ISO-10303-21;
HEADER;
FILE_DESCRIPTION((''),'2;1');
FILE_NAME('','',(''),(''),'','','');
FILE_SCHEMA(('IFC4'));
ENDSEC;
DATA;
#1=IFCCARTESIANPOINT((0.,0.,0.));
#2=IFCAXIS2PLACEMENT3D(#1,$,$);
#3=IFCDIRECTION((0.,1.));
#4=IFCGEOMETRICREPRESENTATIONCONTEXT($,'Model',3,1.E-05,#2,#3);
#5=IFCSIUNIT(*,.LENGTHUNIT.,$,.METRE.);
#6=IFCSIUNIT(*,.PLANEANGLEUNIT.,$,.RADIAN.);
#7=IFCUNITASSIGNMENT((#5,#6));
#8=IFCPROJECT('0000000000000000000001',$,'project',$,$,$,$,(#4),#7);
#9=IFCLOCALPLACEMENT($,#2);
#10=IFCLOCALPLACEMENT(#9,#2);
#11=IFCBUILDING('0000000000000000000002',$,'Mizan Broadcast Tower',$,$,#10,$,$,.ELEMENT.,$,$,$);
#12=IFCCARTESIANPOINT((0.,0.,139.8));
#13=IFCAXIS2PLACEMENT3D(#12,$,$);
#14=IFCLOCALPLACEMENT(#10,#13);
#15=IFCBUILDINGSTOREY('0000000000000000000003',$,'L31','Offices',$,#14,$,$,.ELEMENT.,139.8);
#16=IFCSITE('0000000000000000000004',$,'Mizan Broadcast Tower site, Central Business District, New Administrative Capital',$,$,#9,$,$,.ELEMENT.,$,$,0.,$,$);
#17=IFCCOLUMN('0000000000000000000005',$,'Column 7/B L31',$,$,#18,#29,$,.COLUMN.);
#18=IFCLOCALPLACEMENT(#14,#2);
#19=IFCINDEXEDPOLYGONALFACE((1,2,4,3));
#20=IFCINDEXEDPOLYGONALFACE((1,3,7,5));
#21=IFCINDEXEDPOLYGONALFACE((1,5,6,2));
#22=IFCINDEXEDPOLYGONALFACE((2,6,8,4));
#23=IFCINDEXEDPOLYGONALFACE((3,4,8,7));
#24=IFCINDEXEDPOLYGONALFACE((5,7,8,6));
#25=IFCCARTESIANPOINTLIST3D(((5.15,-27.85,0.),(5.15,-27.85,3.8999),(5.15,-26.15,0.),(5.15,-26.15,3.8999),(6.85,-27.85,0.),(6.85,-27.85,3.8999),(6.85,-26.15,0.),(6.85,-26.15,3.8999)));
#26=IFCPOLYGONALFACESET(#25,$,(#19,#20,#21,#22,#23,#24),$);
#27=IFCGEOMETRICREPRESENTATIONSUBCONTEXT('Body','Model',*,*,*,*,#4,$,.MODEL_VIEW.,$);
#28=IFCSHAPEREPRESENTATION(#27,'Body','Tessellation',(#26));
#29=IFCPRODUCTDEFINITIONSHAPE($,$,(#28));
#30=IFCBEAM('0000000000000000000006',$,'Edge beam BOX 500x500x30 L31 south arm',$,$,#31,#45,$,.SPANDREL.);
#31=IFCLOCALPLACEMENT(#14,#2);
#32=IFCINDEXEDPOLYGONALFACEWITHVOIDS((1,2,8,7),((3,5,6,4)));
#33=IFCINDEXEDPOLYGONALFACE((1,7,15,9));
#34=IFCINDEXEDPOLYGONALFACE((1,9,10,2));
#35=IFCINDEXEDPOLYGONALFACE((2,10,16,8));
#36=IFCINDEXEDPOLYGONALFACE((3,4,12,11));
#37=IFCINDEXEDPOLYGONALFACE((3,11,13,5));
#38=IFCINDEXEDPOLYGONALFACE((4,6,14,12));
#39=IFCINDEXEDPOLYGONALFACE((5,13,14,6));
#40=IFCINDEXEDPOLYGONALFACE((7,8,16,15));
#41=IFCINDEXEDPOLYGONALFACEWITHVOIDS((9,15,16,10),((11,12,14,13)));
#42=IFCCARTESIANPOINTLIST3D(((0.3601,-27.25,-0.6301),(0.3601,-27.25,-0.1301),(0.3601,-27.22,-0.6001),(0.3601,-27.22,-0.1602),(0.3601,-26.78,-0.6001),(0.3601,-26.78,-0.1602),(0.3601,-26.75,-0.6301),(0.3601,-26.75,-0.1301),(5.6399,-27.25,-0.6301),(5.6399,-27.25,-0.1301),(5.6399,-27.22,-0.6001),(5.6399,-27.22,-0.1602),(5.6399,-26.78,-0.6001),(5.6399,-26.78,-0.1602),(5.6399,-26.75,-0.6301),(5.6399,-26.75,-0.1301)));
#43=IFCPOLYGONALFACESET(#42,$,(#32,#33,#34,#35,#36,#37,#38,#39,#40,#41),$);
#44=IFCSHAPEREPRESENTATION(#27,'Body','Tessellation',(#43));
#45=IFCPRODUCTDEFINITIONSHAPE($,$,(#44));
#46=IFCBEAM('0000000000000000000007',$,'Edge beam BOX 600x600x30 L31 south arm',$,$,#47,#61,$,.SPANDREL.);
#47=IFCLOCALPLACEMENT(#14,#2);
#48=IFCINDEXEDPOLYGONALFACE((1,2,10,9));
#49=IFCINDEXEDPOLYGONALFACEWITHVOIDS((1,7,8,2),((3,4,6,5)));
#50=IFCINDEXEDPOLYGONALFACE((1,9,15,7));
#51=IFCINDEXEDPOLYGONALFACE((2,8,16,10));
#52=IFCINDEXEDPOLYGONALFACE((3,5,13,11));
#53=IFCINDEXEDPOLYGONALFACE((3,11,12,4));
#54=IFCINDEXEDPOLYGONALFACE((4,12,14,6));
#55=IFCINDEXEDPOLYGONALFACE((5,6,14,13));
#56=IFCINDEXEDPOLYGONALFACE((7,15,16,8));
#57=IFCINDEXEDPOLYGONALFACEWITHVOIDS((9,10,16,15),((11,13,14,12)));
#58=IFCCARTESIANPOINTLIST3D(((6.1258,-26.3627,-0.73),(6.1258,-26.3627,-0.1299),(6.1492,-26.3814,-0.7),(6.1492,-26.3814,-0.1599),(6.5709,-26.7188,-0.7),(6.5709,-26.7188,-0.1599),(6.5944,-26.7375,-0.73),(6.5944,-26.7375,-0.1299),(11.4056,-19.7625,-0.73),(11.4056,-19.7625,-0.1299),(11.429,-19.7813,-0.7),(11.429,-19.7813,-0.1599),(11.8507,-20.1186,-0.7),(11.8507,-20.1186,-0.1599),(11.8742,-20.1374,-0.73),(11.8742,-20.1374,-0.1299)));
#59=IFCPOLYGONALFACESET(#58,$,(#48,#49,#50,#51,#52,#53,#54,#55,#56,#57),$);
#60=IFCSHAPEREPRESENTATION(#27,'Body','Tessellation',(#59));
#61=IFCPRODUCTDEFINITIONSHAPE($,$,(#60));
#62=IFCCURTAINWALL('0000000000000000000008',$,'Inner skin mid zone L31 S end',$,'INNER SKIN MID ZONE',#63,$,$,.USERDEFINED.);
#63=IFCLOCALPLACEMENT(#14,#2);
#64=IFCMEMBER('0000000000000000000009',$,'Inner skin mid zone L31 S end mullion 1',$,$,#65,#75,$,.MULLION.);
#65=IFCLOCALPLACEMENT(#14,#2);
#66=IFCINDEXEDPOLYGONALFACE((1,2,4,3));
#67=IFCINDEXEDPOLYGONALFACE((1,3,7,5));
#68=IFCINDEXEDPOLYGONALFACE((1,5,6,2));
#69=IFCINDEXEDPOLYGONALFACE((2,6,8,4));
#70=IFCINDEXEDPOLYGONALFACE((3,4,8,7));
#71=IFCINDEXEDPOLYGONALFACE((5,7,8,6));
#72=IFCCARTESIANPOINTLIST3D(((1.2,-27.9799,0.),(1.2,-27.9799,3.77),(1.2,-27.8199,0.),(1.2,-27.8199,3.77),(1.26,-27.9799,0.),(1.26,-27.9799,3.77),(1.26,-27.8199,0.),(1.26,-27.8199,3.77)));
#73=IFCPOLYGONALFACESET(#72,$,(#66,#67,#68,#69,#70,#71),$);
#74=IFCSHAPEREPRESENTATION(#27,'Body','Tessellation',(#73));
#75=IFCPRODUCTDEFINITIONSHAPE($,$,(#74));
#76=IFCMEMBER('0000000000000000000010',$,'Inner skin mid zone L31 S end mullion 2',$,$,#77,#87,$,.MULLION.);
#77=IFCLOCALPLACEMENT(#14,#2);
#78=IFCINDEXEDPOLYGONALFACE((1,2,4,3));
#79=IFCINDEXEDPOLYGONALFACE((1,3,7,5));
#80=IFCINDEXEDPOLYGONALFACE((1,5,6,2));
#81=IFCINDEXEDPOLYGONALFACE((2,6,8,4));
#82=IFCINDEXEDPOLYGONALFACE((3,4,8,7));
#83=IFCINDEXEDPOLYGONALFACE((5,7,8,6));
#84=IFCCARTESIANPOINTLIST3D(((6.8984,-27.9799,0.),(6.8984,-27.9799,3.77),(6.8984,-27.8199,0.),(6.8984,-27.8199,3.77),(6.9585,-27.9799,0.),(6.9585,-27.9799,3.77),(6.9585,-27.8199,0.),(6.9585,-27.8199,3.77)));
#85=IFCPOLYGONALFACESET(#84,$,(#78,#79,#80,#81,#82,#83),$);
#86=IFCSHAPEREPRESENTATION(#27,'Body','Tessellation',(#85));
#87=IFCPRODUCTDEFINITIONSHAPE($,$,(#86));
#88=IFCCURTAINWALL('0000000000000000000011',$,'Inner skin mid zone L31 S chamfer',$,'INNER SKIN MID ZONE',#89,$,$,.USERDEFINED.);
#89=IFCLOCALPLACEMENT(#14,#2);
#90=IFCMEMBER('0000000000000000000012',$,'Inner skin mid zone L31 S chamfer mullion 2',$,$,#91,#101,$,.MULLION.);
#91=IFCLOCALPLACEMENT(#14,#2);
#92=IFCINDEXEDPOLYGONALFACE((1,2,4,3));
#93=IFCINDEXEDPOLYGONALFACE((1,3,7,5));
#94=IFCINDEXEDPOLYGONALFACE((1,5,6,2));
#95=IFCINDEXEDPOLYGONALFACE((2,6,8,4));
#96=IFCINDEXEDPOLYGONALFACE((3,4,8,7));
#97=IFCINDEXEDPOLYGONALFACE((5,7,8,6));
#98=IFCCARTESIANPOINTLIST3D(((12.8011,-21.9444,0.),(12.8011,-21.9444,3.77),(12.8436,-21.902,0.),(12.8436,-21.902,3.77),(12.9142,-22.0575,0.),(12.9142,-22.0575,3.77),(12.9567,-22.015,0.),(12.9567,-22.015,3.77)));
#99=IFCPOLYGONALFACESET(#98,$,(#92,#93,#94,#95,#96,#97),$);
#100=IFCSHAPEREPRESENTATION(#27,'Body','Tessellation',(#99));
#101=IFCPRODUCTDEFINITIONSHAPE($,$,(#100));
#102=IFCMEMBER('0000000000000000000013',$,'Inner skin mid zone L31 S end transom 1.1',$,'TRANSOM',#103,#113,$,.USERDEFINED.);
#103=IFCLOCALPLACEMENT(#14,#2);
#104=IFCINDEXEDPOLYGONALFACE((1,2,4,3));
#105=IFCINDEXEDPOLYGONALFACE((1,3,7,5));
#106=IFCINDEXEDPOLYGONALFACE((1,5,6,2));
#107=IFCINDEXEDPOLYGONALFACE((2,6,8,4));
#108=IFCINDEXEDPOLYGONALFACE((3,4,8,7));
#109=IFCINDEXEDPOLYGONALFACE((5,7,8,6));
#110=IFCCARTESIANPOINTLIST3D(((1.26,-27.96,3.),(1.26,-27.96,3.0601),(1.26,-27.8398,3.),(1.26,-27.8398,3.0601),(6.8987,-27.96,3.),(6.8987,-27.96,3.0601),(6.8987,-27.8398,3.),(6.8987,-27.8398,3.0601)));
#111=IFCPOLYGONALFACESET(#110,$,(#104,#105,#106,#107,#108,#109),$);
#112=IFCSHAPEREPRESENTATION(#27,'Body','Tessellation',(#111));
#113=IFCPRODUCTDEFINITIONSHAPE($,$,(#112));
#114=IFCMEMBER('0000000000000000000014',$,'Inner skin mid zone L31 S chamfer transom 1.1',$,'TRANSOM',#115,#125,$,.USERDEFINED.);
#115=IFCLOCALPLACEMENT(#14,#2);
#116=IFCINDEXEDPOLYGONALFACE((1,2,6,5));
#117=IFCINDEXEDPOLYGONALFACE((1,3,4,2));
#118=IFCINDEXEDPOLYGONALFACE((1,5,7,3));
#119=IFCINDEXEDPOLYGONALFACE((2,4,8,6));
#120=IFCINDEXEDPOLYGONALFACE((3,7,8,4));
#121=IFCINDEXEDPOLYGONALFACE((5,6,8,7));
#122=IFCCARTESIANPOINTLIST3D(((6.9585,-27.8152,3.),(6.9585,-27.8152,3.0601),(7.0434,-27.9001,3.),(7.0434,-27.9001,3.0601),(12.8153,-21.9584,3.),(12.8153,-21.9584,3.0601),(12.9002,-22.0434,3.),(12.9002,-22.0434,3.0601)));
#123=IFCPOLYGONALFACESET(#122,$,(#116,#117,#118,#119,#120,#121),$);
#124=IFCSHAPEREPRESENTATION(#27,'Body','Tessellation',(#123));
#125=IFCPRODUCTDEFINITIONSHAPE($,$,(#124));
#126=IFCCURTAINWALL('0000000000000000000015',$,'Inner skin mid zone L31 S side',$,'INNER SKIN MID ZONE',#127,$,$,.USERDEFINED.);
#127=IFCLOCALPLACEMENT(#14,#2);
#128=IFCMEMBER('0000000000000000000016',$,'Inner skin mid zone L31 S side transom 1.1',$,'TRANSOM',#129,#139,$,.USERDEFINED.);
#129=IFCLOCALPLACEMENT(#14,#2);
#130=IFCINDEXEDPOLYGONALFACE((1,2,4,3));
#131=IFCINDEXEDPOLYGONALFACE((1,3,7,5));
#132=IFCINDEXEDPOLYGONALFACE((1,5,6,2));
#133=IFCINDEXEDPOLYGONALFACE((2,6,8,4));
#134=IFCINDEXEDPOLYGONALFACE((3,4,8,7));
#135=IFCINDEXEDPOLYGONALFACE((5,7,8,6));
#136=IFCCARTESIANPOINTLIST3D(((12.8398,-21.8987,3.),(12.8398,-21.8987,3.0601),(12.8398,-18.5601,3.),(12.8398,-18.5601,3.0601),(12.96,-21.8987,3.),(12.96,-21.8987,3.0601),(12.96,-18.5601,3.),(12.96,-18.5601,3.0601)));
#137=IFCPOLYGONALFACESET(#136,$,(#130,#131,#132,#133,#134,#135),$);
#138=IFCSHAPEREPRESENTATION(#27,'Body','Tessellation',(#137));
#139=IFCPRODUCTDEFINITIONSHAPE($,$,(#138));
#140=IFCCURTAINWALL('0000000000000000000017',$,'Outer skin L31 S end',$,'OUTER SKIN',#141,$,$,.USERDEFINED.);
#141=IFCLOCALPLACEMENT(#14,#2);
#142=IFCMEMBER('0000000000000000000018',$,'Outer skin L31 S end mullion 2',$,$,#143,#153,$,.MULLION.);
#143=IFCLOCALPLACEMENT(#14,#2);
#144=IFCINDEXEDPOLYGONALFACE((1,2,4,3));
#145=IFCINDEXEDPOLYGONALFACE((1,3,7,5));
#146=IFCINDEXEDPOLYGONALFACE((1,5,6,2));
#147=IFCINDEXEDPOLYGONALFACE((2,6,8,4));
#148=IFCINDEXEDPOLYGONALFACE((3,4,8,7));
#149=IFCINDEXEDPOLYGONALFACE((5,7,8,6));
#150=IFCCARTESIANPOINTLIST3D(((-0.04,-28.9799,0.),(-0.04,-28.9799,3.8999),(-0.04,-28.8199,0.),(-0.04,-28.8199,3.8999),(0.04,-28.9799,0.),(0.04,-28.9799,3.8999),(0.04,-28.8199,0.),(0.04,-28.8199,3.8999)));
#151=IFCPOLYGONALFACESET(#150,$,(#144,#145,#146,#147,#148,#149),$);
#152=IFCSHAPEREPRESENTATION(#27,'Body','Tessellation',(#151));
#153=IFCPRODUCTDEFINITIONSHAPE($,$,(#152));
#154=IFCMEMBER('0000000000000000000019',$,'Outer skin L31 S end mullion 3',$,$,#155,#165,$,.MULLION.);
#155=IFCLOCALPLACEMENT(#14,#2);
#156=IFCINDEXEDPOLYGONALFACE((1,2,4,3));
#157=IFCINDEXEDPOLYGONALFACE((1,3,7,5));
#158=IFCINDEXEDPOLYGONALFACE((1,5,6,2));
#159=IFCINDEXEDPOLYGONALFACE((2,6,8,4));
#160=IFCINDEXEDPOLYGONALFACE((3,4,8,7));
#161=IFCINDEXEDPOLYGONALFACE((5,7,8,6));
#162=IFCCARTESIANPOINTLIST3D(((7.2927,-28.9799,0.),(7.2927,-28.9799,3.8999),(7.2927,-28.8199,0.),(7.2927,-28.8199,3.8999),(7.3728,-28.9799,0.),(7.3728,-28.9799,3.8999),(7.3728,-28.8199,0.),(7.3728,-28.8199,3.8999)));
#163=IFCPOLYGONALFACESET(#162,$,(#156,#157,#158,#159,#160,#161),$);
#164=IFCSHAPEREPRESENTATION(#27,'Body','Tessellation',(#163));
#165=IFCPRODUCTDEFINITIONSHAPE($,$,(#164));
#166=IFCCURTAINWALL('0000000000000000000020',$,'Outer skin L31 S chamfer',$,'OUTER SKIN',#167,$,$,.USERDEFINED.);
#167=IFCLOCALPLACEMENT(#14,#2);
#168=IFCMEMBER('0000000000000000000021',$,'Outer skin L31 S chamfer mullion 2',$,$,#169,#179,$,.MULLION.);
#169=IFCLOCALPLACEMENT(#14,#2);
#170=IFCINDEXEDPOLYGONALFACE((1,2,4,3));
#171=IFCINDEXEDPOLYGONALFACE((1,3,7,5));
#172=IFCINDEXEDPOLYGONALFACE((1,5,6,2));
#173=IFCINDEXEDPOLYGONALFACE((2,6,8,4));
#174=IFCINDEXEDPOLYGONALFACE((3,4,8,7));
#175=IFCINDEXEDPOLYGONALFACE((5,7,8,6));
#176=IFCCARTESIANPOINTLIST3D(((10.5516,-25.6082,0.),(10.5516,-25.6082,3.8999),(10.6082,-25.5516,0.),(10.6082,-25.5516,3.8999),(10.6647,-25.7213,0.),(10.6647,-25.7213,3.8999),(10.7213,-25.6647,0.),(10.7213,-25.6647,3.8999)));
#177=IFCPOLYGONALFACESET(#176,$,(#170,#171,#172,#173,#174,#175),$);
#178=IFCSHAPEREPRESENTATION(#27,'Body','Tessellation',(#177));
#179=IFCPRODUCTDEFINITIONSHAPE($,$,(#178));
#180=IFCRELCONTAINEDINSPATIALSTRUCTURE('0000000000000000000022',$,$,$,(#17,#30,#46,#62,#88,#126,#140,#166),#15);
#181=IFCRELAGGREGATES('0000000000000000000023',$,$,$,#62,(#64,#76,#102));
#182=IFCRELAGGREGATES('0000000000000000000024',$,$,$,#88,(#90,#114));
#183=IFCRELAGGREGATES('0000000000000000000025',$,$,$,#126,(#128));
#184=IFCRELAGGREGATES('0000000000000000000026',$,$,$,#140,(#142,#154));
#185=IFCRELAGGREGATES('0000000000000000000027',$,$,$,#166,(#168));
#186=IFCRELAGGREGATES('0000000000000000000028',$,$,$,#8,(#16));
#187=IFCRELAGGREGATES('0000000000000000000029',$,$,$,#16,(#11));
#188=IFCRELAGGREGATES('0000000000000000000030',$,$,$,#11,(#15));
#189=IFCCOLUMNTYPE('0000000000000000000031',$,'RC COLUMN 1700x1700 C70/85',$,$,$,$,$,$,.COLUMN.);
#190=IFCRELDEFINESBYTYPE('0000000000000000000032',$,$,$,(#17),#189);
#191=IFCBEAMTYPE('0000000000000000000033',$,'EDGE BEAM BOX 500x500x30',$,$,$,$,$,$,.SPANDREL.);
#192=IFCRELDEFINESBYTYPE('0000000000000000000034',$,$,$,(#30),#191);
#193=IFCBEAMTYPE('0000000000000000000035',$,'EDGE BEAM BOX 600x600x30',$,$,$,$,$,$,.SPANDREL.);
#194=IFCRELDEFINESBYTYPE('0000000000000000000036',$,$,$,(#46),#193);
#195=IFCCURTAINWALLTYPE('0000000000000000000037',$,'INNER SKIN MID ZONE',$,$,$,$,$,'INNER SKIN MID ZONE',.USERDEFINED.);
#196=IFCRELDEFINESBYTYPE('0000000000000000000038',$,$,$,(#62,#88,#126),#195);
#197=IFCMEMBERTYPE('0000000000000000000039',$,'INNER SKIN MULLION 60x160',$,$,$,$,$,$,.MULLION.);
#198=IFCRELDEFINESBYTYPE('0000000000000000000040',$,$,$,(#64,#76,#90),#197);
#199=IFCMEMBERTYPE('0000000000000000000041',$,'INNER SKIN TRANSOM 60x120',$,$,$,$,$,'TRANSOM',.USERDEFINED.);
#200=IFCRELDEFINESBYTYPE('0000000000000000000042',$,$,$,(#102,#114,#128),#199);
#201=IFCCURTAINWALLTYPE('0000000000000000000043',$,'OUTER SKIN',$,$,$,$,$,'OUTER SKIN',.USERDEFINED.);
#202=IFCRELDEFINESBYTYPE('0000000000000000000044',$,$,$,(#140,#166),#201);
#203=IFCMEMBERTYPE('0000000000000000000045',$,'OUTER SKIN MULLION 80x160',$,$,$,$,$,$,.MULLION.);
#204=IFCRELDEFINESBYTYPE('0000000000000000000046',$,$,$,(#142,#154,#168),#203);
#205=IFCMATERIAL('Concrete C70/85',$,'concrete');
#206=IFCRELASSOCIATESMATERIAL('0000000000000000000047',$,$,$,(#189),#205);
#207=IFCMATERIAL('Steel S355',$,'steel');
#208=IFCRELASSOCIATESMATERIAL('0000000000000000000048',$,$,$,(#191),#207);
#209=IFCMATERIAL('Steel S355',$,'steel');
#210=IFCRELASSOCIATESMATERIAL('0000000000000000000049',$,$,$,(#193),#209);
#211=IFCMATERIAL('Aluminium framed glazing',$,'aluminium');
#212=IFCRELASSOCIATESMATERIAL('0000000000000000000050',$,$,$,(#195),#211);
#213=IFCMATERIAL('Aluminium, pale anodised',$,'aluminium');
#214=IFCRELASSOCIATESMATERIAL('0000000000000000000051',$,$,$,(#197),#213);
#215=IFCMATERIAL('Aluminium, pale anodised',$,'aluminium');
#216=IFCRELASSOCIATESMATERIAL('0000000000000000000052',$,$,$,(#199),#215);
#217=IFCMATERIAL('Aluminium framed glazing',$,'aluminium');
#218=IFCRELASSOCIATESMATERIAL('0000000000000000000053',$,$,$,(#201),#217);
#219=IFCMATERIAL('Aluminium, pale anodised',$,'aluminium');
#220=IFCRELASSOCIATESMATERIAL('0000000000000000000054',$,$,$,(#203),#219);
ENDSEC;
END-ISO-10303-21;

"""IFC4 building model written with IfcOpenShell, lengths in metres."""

from ifc_helpers import new_model, si_unit, direction, frame, origin, origin_2d, place, context, subcontext, project, spatial, rectangle, hollow_rectangle, extrude, material, material_profile, profile_set, type_object, element, aggregate, save


model = new_model("IFC4")

# Units and contexts
model_context = context("Model", 3, precision=1e-05, world=origin(), true_north=direction((0.0, 1.0)))
body_context = subcontext(model_context, "Body", "Model", "MODEL_VIEW")
ifc_project = project(units=[si_unit("LENGTHUNIT", "METRE"), si_unit("PLANEANGLEUNIT", "RADIAN")], contexts=[model_context])

# Site, building, storey
site_placement = place(None, origin())
site = spatial("IfcSite", under=ifc_project, at=site_placement, Name="Mizan Broadcast Tower site, Central Business District, New Administrative Capital", CompositionType="ELEMENT", RefElevation=0.0)
building_placement = place(site_placement, origin())
building = spatial("IfcBuilding", under=site, at=building_placement, Name="Mizan Broadcast Tower", CompositionType="ELEMENT")
storey_placement = place(building_placement, frame((0.0, 0.0, 139.8)))
storey = spatial("IfcBuildingStorey", under=building, at=storey_placement, Name="L31", Description="Offices", CompositionType="ELEMENT", Elevation=139.8)

# Column
ifc_material_1 = material(Name="Concrete C70/85", Category="concrete")
ifc_material_profile_1 = material_profile(ifc_material_1, rectangle(XDim=1.7, YDim=1.7, at=origin_2d()), Name="RC 1700x1700")
ifc_profile_set_1 = profile_set([ifc_material_profile_1], Name="Concrete C70/85")
column_type = type_object("IfcColumnType", Name="RC COLUMN 1700x1700 C70/85", PredefinedType="COLUMN", material=ifc_profile_set_1)
column_placement = place(storey_placement, frame((6.0, -27.0, 0.0), z_axis=(0.0, 0.0, 1.0), x_axis=(1.0, 0.0, 0.0)))
element("IfcColumn", 1, at=column_placement, inside=storey, type_object=column_type, Name="Column 7/B L31", PredefinedType="COLUMN", context=body_context, shape_type="SweptSolid", body=[
    extrude(rectangle(XDim=1.7, YDim=1.7, at=origin_2d()), origin(), (0.0, 0.0, 1.0), 3.8999),
])

# Beams
ifc_material_2 = material(Name="Steel S355", Category="steel")
ifc_material_profile_2 = material_profile(ifc_material_2, hollow_rectangle(XDim=0.5, YDim=0.5, WallThickness=0.03, at=origin_2d()), Name="BOX 500x500x30")
ifc_profile_set_2 = profile_set([ifc_material_profile_2], Name="Steel S355")
beam_type_1 = type_object("IfcBeamType", Name="EDGE BEAM BOX 500x500x30", PredefinedType="SPANDREL", material=ifc_profile_set_2)
beam_1_placement = place(storey_placement, frame((5.6399, -27.0, -0.3801), z_axis=(-1.0, 0.0, 0.0), x_axis=(0.0, -1.0, 0.0)))
element("IfcBeam", 2, at=beam_1_placement, inside=storey, type_object=beam_type_1, Name="Edge beam BOX 500x500x30 L31 south arm", PredefinedType="SPANDREL", context=body_context, shape_type="SweptSolid", body=[
    extrude(hollow_rectangle(XDim=0.5, YDim=0.5, WallThickness=0.03, at=origin_2d()), origin(), (0.0, 0.0, 1.0), 5.2798),
])
ifc_material_3 = material(Name="Steel S355", Category="steel")
ifc_material_profile_3 = material_profile(ifc_material_3, hollow_rectangle(XDim=0.6001, YDim=0.6001, WallThickness=0.03, at=origin_2d()), Name="BOX 600x600x30")
ifc_profile_set_3 = profile_set([ifc_material_profile_3], Name="Steel S355")
beam_type_2 = type_object("IfcBeamType", Name="EDGE BEAM BOX 600x600x30", PredefinedType="SPANDREL", material=ifc_profile_set_3)
beam_2_placement = place(storey_placement, frame((11.6399, -19.95, -0.4299), z_axis=(-0.624674, -0.780886, 0.0), x_axis=(0.780886, -0.624674, 0.0)))
element("IfcBeam", 3, at=beam_2_placement, inside=storey, type_object=beam_type_2, Name="Edge beam BOX 600x600x30 L31 south arm", PredefinedType="SPANDREL", context=body_context, shape_type="SweptSolid", body=[
    extrude(hollow_rectangle(XDim=0.6001, YDim=0.6001, WallThickness=0.03, at=origin_2d()), origin(), (0.0, 0.0, 1.0), 8.4521),
])

# Curtain wall, members
ifc_material_4 = material(Name="Aluminium framed glazing", Category="aluminium")
curtain_wall_type_1 = type_object("IfcCurtainWallType", Name="INNER SKIN MID ZONE", ElementType="INNER SKIN MID ZONE", PredefinedType="USERDEFINED", material=ifc_material_4)
curtain_wall_1_placement = place(storey_placement, origin())
curtain_wall_1 = element("IfcCurtainWall", 4, at=curtain_wall_1_placement, inside=storey, type_object=curtain_wall_type_1, Name="Inner skin mid zone L31 S end", ObjectType="INNER SKIN MID ZONE", PredefinedType="USERDEFINED")
ifc_material_5 = material(Name="Aluminium, pale anodised", Category="aluminium")
ifc_material_profile_4 = material_profile(ifc_material_5, rectangle(XDim=0.1599, YDim=0.0601, at=origin_2d()), Name="MULLION 160x60")
ifc_profile_set_4 = profile_set([ifc_material_profile_4], Name="Aluminium, pale anodised")
member_type_1 = type_object("IfcMemberType", Name="INNER SKIN MULLION 60x160", PredefinedType="MULLION", material=ifc_profile_set_4)
member_1_placement = place(storey_placement, frame((1.23, -27.8999, 0.0), z_axis=(0.0, 0.0, 1.0), x_axis=(0.0, 1.0, 0.0)))
member_1 = element("IfcMember", 5, at=member_1_placement, type_object=member_type_1, Name="Inner skin mid zone L31 S end mullion 1", PredefinedType="MULLION", context=body_context, shape_type="SweptSolid", body=[
    extrude(rectangle(XDim=0.1599, YDim=0.0601, at=origin_2d()), origin(), (0.0, 0.0, 1.0), 3.77),
])
member_2_placement = place(storey_placement, frame((6.9285, -27.8999, 0.0), z_axis=(0.0, 0.0, 1.0), x_axis=(0.0, 1.0, 0.0)))
member_2 = element("IfcMember", 6, at=member_2_placement, type_object=member_type_1, Name="Inner skin mid zone L31 S end mullion 2", PredefinedType="MULLION", context=body_context, shape_type="SweptSolid", body=[
    extrude(rectangle(XDim=0.1599, YDim=0.0601, at=origin_2d()), origin(), (0.0, 0.0, 1.0), 3.77),
])

# Curtain wall, member
curtain_wall_2_placement = place(storey_placement, origin())
curtain_wall_2 = element("IfcCurtainWall", 7, at=curtain_wall_2_placement, inside=storey, type_object=curtain_wall_type_1, Name="Inner skin mid zone L31 S chamfer", ObjectType="INNER SKIN MID ZONE", PredefinedType="USERDEFINED")
member_3_placement = place(storey_placement, frame((12.8789, -21.9797, 0.0), z_axis=(0.0, 0.0, 1.0), x_axis=(-0.707107, 0.707107, 0.0)))
member_3 = element("IfcMember", 8, at=member_3_placement, type_object=member_type_1, Name="Inner skin mid zone L31 S chamfer mullion 2", PredefinedType="MULLION", context=body_context, shape_type="SweptSolid", body=[
    extrude(rectangle(XDim=0.1599, YDim=0.0601, at=origin_2d()), origin(), (0.0, 0.0, 1.0), 3.77),
])

# Members
ifc_material_6 = material(Name="Aluminium, pale anodised", Category="aluminium")
ifc_material_profile_5 = material_profile(ifc_material_6, rectangle(XDim=0.1201, YDim=0.0601, at=origin_2d()), Name="TRANSOM 120x60")
ifc_profile_set_5 = profile_set([ifc_material_profile_5], Name="Aluminium, pale anodised")
member_type_2 = type_object("IfcMemberType", Name="INNER SKIN TRANSOM 60x120", ElementType="TRANSOM", PredefinedType="USERDEFINED", material=ifc_profile_set_5)
member_4_placement = place(storey_placement, frame((1.26, -27.8999, 3.03), z_axis=(1.0, 0.0, 0.0), x_axis=(0.0, 1.0, 0.0)))
member_4 = element("IfcMember", 9, at=member_4_placement, type_object=member_type_2, Name="Inner skin mid zone L31 S end transom 1.1", ObjectType="TRANSOM", PredefinedType="USERDEFINED", context=body_context, shape_type="SweptSolid", body=[
    extrude(rectangle(XDim=0.1201, YDim=0.0601, at=origin_2d()), origin(), (0.0, 0.0, 1.0), 5.6387),
])
member_5_placement = place(storey_placement, frame((7.001, -27.8577, 3.03), z_axis=(0.707107, 0.707107, 0.0), x_axis=(-0.707107, 0.707107, 0.0)))
member_5 = element("IfcMember", 10, at=member_5_placement, type_object=member_type_2, Name="Inner skin mid zone L31 S chamfer transom 1.1", ObjectType="TRANSOM", PredefinedType="USERDEFINED", context=body_context, shape_type="SweptSolid", body=[
    extrude(rectangle(XDim=0.1201, YDim=0.0601, at=origin_2d()), origin(), (0.0, 0.0, 1.0), 8.2827),
])

# Curtain wall, member
curtain_wall_3_placement = place(storey_placement, origin())
curtain_wall_3 = element("IfcCurtainWall", 11, at=curtain_wall_3_placement, inside=storey, type_object=curtain_wall_type_1, Name="Inner skin mid zone L31 S side", ObjectType="INNER SKIN MID ZONE", PredefinedType="USERDEFINED")
member_6_placement = place(storey_placement, frame((12.8999, -21.8987, 3.03), z_axis=(0.0, 1.0, 0.0), x_axis=(-1.0, 0.0, 0.0)))
member_6 = element("IfcMember", 12, at=member_6_placement, type_object=member_type_2, Name="Inner skin mid zone L31 S side transom 1.1", ObjectType="TRANSOM", PredefinedType="USERDEFINED", context=body_context, shape_type="SweptSolid", body=[
    extrude(rectangle(XDim=0.1201, YDim=0.0601, at=origin_2d()), origin(), (0.0, 0.0, 1.0), 3.3386),
])

# Curtain wall, members
ifc_material_7 = material(Name="Aluminium framed glazing", Category="aluminium")
curtain_wall_type_2 = type_object("IfcCurtainWallType", Name="OUTER SKIN", ElementType="OUTER SKIN", PredefinedType="USERDEFINED", material=ifc_material_7)
curtain_wall_4_placement = place(storey_placement, origin())
curtain_wall_4 = element("IfcCurtainWall", 13, at=curtain_wall_4_placement, inside=storey, type_object=curtain_wall_type_2, Name="Outer skin L31 S end", ObjectType="OUTER SKIN", PredefinedType="USERDEFINED")
ifc_material_8 = material(Name="Aluminium, pale anodised", Category="aluminium")
ifc_material_profile_6 = material_profile(ifc_material_8, rectangle(XDim=0.1599, YDim=0.0801, at=origin_2d()), Name="MULLION 160x80")
ifc_profile_set_6 = profile_set([ifc_material_profile_6], Name="Aluminium, pale anodised")
member_type_3 = type_object("IfcMemberType", Name="OUTER SKIN MULLION 80x160", PredefinedType="MULLION", material=ifc_profile_set_6)
member_7_placement = place(storey_placement, frame((0.0, -28.8999, 0.0), z_axis=(0.0, 0.0, 1.0), x_axis=(0.0, 1.0, 0.0)))
member_7 = element("IfcMember", 14, at=member_7_placement, type_object=member_type_3, Name="Outer skin L31 S end mullion 2", PredefinedType="MULLION", context=body_context, shape_type="SweptSolid", body=[
    extrude(rectangle(XDim=0.1599, YDim=0.0801, at=origin_2d()), origin(), (0.0, 0.0, 1.0), 3.8999),
])
member_8_placement = place(storey_placement, frame((7.3328, -28.8999, 0.0), z_axis=(0.0, 0.0, 1.0), x_axis=(0.0, 1.0, 0.0)))
member_8 = element("IfcMember", 15, at=member_8_placement, type_object=member_type_3, Name="Outer skin L31 S end mullion 3", PredefinedType="MULLION", context=body_context, shape_type="SweptSolid", body=[
    extrude(rectangle(XDim=0.1599, YDim=0.0801, at=origin_2d()), origin(), (0.0, 0.0, 1.0), 3.8999),
])

# Curtain wall, member
curtain_wall_5_placement = place(storey_placement, origin())
curtain_wall_5 = element("IfcCurtainWall", 16, at=curtain_wall_5_placement, inside=storey, type_object=curtain_wall_type_2, Name="Outer skin L31 S chamfer", ObjectType="OUTER SKIN", PredefinedType="USERDEFINED")
member_9_placement = place(storey_placement, frame((10.6365, -25.6365, 0.0), z_axis=(0.0, 0.0, 1.0), x_axis=(-0.707107, 0.707107, 0.0)))
member_9 = element("IfcMember", 17, at=member_9_placement, type_object=member_type_3, Name="Outer skin L31 S chamfer mullion 2", PredefinedType="MULLION", context=body_context, shape_type="SweptSolid", body=[
    extrude(rectangle(XDim=0.1599, YDim=0.0801, at=origin_2d()), origin(), (0.0, 0.0, 1.0), 3.8999),
])

aggregate(curtain_wall_1, [member_1, member_2, member_4])
aggregate(curtain_wall_2, [member_3, member_5])
aggregate(curtain_wall_3, [member_6])
aggregate(curtain_wall_4, [member_7, member_8])
aggregate(curtain_wall_5, [member_9])

save(model, "model.ifc")
